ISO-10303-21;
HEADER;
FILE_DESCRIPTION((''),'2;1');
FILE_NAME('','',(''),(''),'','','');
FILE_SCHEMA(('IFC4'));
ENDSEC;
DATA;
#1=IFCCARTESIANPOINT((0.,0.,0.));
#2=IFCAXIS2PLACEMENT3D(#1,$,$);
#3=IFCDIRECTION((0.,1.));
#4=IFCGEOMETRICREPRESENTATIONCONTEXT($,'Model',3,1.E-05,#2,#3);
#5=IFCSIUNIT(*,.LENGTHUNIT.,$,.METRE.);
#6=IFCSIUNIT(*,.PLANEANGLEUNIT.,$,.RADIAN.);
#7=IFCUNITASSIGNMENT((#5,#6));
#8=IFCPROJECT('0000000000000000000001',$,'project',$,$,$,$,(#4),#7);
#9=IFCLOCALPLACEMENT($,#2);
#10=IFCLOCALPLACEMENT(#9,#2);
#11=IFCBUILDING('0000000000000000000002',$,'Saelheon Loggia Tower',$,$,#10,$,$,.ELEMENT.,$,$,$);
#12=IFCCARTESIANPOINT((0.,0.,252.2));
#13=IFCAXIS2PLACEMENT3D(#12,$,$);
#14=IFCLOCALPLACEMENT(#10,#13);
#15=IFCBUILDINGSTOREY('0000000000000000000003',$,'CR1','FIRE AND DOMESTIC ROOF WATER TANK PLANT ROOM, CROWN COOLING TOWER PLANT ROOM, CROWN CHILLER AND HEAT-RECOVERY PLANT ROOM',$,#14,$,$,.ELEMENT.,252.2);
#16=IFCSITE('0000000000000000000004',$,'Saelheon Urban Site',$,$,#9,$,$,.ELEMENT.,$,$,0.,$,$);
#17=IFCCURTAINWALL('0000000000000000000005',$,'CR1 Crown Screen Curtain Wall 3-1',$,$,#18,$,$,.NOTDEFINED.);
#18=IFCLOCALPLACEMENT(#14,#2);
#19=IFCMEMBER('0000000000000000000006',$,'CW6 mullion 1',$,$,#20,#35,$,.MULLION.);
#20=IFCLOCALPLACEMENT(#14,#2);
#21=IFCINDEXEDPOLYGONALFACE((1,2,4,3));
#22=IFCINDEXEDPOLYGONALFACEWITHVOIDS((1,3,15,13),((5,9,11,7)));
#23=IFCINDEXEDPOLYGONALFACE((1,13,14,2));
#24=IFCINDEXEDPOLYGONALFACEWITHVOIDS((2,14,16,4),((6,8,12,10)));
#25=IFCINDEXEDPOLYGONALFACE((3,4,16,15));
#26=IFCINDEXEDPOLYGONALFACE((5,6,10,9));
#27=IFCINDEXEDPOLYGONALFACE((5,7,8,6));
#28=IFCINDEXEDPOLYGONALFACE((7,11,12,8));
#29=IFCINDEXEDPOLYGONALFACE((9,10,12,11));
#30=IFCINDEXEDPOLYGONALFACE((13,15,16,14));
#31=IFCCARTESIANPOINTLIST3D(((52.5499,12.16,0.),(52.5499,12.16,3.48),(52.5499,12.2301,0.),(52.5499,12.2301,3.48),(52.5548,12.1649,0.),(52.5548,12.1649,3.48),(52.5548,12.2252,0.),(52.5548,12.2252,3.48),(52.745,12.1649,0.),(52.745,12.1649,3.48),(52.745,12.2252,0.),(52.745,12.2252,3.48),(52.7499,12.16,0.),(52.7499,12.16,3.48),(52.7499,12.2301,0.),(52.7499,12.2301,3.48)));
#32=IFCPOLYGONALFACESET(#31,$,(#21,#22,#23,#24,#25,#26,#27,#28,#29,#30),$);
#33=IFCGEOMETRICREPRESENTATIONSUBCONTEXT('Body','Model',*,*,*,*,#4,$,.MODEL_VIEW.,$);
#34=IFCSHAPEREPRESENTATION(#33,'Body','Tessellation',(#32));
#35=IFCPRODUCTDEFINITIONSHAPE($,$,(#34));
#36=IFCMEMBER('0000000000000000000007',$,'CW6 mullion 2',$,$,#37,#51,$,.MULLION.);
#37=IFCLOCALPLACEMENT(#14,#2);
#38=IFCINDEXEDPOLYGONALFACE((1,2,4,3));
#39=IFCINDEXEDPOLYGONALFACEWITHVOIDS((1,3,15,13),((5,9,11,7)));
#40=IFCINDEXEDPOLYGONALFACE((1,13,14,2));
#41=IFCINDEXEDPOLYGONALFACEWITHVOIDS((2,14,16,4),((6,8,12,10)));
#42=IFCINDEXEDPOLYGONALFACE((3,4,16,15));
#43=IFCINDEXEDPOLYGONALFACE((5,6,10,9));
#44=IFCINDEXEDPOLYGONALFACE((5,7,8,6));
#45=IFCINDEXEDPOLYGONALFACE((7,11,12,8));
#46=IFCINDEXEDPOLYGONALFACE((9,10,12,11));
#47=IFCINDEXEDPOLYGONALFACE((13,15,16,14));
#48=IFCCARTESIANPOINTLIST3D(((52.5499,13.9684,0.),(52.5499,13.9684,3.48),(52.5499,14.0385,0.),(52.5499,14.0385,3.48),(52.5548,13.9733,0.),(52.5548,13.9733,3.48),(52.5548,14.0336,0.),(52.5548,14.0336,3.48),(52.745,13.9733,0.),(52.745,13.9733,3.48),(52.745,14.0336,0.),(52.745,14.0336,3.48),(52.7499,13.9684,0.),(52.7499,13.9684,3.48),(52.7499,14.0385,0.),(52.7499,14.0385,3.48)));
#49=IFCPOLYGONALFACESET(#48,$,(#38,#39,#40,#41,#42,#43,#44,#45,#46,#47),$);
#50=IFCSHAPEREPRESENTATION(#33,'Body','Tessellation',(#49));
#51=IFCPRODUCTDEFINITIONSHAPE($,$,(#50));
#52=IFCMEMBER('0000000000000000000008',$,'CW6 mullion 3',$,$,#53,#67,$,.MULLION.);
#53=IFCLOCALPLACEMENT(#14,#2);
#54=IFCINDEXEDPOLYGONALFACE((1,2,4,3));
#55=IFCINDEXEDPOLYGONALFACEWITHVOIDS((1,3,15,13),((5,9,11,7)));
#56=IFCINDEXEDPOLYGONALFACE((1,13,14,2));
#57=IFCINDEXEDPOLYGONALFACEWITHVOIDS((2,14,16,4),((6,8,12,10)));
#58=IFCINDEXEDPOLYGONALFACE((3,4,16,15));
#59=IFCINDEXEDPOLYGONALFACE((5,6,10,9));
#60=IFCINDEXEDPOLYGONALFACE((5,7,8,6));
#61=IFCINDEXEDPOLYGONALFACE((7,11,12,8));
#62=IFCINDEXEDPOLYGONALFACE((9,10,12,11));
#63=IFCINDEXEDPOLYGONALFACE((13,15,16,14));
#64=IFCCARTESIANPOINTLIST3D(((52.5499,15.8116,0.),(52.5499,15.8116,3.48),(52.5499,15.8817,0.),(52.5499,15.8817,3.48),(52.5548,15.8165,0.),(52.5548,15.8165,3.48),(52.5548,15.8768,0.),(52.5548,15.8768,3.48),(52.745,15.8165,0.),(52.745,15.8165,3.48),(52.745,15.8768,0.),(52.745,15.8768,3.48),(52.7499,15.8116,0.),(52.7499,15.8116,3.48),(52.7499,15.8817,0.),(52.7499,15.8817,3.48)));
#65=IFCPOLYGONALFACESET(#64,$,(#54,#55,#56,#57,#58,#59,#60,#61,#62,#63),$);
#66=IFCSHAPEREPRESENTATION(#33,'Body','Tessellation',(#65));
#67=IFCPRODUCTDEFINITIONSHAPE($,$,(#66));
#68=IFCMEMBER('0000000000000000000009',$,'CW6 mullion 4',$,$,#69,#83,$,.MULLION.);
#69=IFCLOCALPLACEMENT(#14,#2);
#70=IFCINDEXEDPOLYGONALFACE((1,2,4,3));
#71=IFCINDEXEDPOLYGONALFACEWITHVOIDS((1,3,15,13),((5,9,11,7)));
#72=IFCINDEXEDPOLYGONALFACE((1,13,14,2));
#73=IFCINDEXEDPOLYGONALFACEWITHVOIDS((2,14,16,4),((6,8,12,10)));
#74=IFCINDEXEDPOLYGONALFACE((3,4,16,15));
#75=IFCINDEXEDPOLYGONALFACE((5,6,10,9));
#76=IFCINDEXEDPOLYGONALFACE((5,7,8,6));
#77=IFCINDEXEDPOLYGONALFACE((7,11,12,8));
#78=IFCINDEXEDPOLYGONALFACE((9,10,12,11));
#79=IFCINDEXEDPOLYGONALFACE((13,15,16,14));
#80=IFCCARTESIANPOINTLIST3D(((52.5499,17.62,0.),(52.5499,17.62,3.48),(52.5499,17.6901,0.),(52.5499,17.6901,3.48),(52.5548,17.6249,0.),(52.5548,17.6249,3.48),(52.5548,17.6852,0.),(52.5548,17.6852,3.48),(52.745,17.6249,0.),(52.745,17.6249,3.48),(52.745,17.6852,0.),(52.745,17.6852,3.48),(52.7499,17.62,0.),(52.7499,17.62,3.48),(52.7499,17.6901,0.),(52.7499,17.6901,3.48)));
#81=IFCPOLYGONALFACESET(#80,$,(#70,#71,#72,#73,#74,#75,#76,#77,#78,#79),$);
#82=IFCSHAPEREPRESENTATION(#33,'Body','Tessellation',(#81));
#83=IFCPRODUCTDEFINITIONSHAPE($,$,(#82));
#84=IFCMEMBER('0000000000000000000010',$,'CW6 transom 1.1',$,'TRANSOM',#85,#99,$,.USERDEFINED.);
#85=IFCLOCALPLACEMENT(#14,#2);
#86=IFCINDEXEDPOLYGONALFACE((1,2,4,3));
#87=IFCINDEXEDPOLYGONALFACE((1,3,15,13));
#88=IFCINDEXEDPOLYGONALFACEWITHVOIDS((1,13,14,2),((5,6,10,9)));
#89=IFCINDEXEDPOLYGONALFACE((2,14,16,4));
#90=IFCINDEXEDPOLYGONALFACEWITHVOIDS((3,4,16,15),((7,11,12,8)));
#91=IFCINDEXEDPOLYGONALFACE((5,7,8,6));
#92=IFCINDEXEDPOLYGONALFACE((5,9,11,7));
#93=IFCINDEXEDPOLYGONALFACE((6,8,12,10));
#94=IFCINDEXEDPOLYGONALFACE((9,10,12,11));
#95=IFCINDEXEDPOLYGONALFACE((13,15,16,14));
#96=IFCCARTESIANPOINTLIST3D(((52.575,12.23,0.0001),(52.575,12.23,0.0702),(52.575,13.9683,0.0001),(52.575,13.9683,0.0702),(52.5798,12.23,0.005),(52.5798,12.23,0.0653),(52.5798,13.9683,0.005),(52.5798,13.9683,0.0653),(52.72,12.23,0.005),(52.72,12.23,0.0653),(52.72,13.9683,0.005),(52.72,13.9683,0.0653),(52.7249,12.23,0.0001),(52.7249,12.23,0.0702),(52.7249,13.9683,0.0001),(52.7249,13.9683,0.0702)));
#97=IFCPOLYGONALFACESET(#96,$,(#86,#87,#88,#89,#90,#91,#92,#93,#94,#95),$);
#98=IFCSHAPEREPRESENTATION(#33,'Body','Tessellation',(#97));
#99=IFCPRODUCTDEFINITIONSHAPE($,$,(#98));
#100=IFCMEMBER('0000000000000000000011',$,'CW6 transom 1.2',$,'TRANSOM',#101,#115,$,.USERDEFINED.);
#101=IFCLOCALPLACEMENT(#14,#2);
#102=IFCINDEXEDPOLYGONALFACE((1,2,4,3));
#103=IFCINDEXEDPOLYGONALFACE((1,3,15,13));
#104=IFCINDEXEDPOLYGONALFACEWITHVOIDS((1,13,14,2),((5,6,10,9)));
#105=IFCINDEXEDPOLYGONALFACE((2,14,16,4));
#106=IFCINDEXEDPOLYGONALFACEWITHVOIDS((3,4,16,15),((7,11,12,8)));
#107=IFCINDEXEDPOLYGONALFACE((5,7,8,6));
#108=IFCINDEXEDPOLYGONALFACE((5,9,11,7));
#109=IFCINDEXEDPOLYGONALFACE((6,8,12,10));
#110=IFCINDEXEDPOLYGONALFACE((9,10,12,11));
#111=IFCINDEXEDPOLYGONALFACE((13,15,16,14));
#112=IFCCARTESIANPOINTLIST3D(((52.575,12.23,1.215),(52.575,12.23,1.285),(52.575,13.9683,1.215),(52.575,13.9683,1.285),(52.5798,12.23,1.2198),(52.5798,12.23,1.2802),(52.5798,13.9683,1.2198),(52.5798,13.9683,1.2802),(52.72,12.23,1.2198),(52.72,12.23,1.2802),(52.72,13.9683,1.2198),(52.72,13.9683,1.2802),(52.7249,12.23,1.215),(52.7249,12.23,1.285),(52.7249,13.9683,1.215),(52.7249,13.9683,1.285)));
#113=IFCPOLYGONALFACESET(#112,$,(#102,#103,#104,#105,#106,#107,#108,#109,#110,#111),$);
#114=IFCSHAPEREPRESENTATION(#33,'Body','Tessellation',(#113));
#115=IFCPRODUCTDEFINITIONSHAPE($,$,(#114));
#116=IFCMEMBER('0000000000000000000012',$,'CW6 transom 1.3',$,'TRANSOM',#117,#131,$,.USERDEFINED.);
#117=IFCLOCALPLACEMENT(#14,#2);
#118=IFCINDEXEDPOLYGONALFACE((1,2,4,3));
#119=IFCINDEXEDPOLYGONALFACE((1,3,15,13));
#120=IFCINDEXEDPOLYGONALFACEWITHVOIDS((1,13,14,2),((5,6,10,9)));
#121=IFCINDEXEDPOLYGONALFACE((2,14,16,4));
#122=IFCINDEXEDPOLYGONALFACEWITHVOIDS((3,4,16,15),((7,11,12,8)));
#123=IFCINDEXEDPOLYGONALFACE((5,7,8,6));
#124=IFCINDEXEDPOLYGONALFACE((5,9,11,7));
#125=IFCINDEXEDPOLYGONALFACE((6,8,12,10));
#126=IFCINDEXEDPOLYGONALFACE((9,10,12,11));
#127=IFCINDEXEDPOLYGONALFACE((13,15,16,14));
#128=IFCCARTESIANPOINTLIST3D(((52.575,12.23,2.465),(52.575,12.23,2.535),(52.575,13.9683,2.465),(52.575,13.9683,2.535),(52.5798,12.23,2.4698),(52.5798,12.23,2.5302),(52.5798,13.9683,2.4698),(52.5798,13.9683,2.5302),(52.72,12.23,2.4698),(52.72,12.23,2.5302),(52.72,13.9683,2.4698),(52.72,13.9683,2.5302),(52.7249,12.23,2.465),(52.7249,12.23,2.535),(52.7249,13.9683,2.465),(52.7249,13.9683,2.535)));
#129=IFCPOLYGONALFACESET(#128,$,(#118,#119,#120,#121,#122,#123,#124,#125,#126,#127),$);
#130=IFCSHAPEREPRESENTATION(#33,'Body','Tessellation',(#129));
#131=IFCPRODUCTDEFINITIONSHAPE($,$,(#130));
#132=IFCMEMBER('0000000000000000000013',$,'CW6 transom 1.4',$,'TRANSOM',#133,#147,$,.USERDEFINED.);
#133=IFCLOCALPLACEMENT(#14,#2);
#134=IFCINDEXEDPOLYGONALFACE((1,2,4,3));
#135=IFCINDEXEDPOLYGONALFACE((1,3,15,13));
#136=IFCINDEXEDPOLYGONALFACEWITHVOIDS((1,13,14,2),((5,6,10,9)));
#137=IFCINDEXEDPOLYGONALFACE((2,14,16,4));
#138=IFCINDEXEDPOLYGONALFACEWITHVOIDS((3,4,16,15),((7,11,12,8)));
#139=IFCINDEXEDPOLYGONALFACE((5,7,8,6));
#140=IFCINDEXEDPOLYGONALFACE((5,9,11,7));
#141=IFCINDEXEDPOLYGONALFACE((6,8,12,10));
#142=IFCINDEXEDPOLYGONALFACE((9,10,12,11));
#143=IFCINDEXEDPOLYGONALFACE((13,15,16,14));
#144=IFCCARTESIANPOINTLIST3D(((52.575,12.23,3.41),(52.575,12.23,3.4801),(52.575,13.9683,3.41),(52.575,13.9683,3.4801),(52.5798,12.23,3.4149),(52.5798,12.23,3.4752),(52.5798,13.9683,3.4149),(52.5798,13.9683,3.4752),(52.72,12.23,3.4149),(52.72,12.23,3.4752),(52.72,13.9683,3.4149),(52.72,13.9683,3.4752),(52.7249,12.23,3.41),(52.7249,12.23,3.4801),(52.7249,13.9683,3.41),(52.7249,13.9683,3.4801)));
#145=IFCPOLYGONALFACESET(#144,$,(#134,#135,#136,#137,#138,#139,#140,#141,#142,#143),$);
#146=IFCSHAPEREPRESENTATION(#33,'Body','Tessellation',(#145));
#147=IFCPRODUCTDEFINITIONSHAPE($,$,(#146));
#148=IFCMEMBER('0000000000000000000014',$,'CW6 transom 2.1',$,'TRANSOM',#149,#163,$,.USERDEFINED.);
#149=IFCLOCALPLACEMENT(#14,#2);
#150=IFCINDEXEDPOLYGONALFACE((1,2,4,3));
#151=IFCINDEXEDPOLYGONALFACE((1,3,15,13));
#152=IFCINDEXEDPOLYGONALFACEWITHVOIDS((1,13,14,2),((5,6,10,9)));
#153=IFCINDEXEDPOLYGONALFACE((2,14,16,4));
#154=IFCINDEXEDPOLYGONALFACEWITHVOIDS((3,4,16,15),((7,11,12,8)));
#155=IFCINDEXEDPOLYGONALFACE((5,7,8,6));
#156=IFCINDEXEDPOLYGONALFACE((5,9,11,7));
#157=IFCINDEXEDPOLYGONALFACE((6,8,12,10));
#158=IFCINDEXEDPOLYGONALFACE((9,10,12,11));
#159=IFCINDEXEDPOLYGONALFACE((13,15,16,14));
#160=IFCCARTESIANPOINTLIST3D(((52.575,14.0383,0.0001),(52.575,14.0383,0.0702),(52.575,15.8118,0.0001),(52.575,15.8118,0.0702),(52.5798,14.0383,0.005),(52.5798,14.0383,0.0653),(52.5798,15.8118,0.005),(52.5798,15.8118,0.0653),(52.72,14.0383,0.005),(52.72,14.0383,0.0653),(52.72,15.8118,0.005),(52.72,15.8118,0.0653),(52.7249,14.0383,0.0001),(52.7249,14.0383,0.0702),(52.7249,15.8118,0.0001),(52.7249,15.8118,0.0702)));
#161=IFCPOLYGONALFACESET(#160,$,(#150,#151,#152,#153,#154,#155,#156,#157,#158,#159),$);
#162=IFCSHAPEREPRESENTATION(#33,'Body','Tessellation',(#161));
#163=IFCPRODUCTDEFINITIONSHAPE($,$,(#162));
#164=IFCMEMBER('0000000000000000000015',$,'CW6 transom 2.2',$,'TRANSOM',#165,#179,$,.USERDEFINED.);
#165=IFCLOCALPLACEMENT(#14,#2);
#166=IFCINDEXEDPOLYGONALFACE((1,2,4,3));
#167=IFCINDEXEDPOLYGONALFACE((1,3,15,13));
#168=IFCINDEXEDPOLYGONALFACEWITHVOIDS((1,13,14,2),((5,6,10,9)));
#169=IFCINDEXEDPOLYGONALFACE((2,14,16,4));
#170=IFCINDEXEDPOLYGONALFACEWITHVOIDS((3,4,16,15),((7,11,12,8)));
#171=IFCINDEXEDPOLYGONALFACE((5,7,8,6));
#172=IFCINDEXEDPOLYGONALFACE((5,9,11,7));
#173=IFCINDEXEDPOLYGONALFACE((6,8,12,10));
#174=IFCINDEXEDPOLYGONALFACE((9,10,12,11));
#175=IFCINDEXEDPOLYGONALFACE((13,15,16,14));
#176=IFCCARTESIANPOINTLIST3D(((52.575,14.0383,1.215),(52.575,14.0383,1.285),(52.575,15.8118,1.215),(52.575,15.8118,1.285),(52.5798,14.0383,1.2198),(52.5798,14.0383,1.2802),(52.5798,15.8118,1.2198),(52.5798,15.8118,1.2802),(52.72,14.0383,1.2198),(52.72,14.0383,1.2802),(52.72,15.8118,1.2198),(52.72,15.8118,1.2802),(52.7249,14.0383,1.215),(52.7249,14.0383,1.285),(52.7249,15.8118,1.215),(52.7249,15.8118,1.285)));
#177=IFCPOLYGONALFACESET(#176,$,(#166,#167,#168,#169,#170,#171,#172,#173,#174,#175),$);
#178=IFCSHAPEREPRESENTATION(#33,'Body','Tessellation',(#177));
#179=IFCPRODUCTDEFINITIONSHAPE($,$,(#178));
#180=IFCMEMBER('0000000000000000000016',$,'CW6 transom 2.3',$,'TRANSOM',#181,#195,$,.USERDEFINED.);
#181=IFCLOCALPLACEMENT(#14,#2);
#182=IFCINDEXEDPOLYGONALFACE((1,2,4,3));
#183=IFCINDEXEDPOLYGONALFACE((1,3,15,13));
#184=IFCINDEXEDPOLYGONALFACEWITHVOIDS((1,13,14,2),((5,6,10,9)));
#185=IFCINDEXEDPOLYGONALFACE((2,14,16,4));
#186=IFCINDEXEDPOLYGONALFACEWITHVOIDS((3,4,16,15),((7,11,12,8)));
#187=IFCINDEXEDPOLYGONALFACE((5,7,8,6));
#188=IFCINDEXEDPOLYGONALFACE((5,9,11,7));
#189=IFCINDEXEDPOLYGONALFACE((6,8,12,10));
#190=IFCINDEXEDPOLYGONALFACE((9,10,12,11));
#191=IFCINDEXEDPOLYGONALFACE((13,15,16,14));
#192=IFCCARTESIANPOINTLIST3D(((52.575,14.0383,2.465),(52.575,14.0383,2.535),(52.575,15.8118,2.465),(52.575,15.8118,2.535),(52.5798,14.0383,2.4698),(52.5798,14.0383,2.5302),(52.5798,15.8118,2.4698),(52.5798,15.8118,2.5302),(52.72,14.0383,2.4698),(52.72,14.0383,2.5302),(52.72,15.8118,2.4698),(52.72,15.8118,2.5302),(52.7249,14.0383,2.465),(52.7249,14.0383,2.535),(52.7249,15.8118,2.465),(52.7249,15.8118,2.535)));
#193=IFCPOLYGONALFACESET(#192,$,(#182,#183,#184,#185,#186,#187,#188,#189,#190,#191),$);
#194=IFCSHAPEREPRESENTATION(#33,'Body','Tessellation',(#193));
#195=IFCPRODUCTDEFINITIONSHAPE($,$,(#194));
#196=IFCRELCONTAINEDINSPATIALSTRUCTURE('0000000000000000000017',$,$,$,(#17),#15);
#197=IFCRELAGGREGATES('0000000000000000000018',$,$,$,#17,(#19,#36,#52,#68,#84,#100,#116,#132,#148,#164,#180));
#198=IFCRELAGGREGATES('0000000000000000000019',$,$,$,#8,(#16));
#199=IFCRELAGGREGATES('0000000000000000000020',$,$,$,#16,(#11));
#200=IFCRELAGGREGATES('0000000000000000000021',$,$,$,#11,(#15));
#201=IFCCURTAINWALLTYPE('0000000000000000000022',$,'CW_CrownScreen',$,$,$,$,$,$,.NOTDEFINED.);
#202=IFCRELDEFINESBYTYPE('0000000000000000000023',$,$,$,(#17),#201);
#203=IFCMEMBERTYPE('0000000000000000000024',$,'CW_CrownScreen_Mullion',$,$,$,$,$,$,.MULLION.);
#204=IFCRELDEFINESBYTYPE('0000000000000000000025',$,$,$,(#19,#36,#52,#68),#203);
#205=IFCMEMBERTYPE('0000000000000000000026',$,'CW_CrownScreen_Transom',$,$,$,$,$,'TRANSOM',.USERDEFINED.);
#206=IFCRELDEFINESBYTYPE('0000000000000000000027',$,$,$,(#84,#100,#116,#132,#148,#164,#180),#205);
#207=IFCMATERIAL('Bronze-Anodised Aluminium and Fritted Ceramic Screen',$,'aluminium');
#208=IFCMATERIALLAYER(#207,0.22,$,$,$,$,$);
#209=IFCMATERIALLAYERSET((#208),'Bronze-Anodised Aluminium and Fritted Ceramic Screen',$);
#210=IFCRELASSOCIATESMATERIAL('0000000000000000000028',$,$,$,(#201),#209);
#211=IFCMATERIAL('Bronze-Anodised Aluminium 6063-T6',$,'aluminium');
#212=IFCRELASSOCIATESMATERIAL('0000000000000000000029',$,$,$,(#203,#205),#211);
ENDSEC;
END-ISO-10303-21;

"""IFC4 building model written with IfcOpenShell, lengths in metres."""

from ifc_helpers import new_model, si_unit, direction, frame, origin, origin_2d, place, context, subcontext, project, spatial, hollow_rectangle, extrude, source, transform, mapped, material, layer, layer_set, material_profile, profile_set, type_object, element, aggregate, save


model = new_model("IFC4")

# Units and contexts
model_context = context("Model", 3, precision=1e-05, world=origin(), true_north=direction((0.0, 1.0)))
body_context = subcontext(model_context, "Body", "Model", "MODEL_VIEW")
ifc_project = project(units=[si_unit("LENGTHUNIT", "METRE"), si_unit("PLANEANGLEUNIT", "RADIAN")], contexts=[model_context])

# Site, building, storey
site_placement = place(None, origin())
site = spatial("IfcSite", under=ifc_project, at=site_placement, Name="Saelheon Urban Site", CompositionType="ELEMENT", RefElevation=0.0)
building_placement = place(site_placement, origin())
building = spatial("IfcBuilding", under=site, at=building_placement, Name="Saelheon Loggia Tower", CompositionType="ELEMENT")
storey_placement = place(building_placement, frame((0.0, 0.0, 252.2)))
storey = spatial("IfcBuildingStorey", under=building, at=storey_placement, Name="CR1", Description="FIRE AND DOMESTIC ROOF WATER TANK PLANT ROOM, CROWN COOLING TOWER PLANT ROOM, CROWN CHILLER AND HEAT-RECOVERY PLANT ROOM", CompositionType="ELEMENT", Elevation=252.2)

# Curtain wall, members
ifc_material_1 = material(Name="Bronze-Anodised Aluminium and Fritted Ceramic Screen", Category="aluminium")
ifc_layer_1 = layer(ifc_material_1, 0.22)
ifc_layer_set_1 = layer_set([ifc_layer_1], Name="Bronze-Anodised Aluminium and Fritted Ceramic Screen")
curtain_wall_type = type_object("IfcCurtainWallType", Name="CW_CrownScreen", PredefinedType="NOTDEFINED", material=ifc_layer_set_1)
curtain_wall_placement = place(storey_placement, origin())
curtain_wall = element("IfcCurtainWall", 1, at=curtain_wall_placement, inside=storey, type_object=curtain_wall_type, Name="CR1 Crown Screen Curtain Wall 3-1", PredefinedType="NOTDEFINED")
ifc_material_2 = material(Name="Bronze-Anodised Aluminium 6063-T6", Category="aluminium")
ifc_material_profile_1 = material_profile(ifc_material_2, hollow_rectangle(XDim=0.0701, YDim=0.2, WallThickness=0.0049, at=origin_2d()), Name="RHS-200x70x5")
ifc_profile_set_1 = profile_set([ifc_material_profile_1], Name="Bronze-Anodised Aluminium 6063-T6")
member_type_1 = type_object("IfcMemberType", Name="CW_CrownScreen_Mullion", PredefinedType="MULLION", material=ifc_profile_set_1)
shared_shape_1 = source(origin(), body_context, "Body", "SweptSolid", [
    extrude(hollow_rectangle(XDim=0.0701, YDim=0.2, WallThickness=0.0049, at=origin_2d()), origin(), (0.0, 0.0, 1.0), 3.48),
])
member_1_placement = place(storey_placement, frame((52.6499, 12.1951, 0.0), z_axis=(0.0, 0.0, 1.0), x_axis=(0.0, 1.0, 0.0)))
member_1 = element("IfcMember", 2, at=member_1_placement, type_object=member_type_1, Name="CW6 mullion 1", PredefinedType="MULLION", context=body_context, shape_type="MappedRepresentation", body=[
    mapped(shared_shape_1, transform((0.0, 0.0, 0.0), scale=1.0)),
])
member_2_placement = place(storey_placement, frame((52.6499, 14.0034, 0.0), z_axis=(0.0, 0.0, 1.0), x_axis=(0.0, 1.0, 0.0)))
member_2 = element("IfcMember", 3, at=member_2_placement, type_object=member_type_1, Name="CW6 mullion 2", PredefinedType="MULLION", context=body_context, shape_type="MappedRepresentation", body=[
    mapped(shared_shape_1, transform((0.0, 0.0, 0.0), scale=1.0)),
])
member_3_placement = place(storey_placement, frame((52.6499, 15.8467, 0.0), z_axis=(0.0, 0.0, 1.0), x_axis=(0.0, 1.0, 0.0)))
member_3 = element("IfcMember", 4, at=member_3_placement, type_object=member_type_1, Name="CW6 mullion 3", PredefinedType="MULLION", context=body_context, shape_type="MappedRepresentation", body=[
    mapped(shared_shape_1, transform((0.0, 0.0, 0.0), scale=1.0)),
])
member_4_placement = place(storey_placement, frame((52.6499, 17.655, 0.0), z_axis=(0.0, 0.0, 1.0), x_axis=(0.0, 1.0, 0.0)))
member_4 = element("IfcMember", 5, at=member_4_placement, type_object=member_type_1, Name="CW6 mullion 4", PredefinedType="MULLION", context=body_context, shape_type="MappedRepresentation", body=[
    mapped(shared_shape_1, transform((0.0, 0.0, 0.0), scale=1.0)),
])
ifc_material_profile_2 = material_profile(ifc_material_2, hollow_rectangle(XDim=0.0701, YDim=0.1499, WallThickness=0.0049, at=origin_2d()), Name="RHS-150x70x5")
ifc_profile_set_2 = profile_set([ifc_material_profile_2], Name="Bronze-Anodised Aluminium 6063-T6")
member_type_2 = type_object("IfcMemberType", Name="CW_CrownScreen_Transom", ElementType="TRANSOM", PredefinedType="USERDEFINED", material=ifc_profile_set_2)
shared_shape_2 = source(origin(), body_context, "Body", "SweptSolid", [
    extrude(hollow_rectangle(XDim=0.0701, YDim=0.1499, WallThickness=0.0049, at=origin_2d()), origin(), (0.0, 0.0, 1.0), 1.7383),
])
member_5_placement = place(storey_placement, frame((52.6499, 12.23, 0.0352), z_axis=(0.0, 1.0, 0.0), x_axis=(0.0, 0.0, 1.0)))
member_5 = element("IfcMember", 6, at=member_5_placement, type_object=member_type_2, Name="CW6 transom 1.1", ObjectType="TRANSOM", PredefinedType="USERDEFINED", context=body_context, shape_type="MappedRepresentation", body=[
    mapped(shared_shape_2, transform((0.0, 0.0, 0.0), scale=1.0)),
])
member_6_placement = place(storey_placement, frame((52.6499, 12.23, 1.25), z_axis=(0.0, 1.0, 0.0), x_axis=(0.0, 0.0, 1.0)))
member_6 = element("IfcMember", 7, at=member_6_placement, type_object=member_type_2, Name="CW6 transom 1.2", ObjectType="TRANSOM", PredefinedType="USERDEFINED", context=body_context, shape_type="MappedRepresentation", body=[
    mapped(shared_shape_2, transform((0.0, 0.0, 0.0), scale=1.0)),
])
member_7_placement = place(storey_placement, frame((52.6499, 12.23, 2.5), z_axis=(0.0, 1.0, 0.0), x_axis=(0.0, 0.0, 1.0)))
member_7 = element("IfcMember", 8, at=member_7_placement, type_object=member_type_2, Name="CW6 transom 1.3", ObjectType="TRANSOM", PredefinedType="USERDEFINED", context=body_context, shape_type="MappedRepresentation", body=[
    mapped(shared_shape_2, transform((0.0, 0.0, 0.0), scale=1.0)),
])
member_8_placement = place(storey_placement, frame((52.6499, 12.23, 3.4451), z_axis=(0.0, 1.0, 0.0), x_axis=(0.0, 0.0, 1.0)))
member_8 = element("IfcMember", 9, at=member_8_placement, type_object=member_type_2, Name="CW6 transom 1.4", ObjectType="TRANSOM", PredefinedType="USERDEFINED", context=body_context, shape_type="MappedRepresentation", body=[
    mapped(shared_shape_2, transform((0.0, 0.0, 0.0), scale=1.0)),
])
shared_shape_3 = source(origin(), body_context, "Body", "SweptSolid", [
    extrude(hollow_rectangle(XDim=0.0701, YDim=0.1499, WallThickness=0.0049, at=origin_2d()), origin(), (0.0, 0.0, 1.0), 1.7734),
])
member_9_placement = place(storey_placement, frame((52.6499, 14.0383, 0.0352), z_axis=(0.0, 1.0, 0.0), x_axis=(0.0, 0.0, 1.0)))
member_9 = element("IfcMember", 10, at=member_9_placement, type_object=member_type_2, Name="CW6 transom 2.1", ObjectType="TRANSOM", PredefinedType="USERDEFINED", context=body_context, shape_type="MappedRepresentation", body=[
    mapped(shared_shape_3, transform((0.0, 0.0, 0.0), scale=1.0)),
])
member_10_placement = place(storey_placement, frame((52.6499, 14.0383, 1.25), z_axis=(0.0, 1.0, 0.0), x_axis=(0.0, 0.0, 1.0)))
member_10 = element("IfcMember", 11, at=member_10_placement, type_object=member_type_2, Name="CW6 transom 2.2", ObjectType="TRANSOM", PredefinedType="USERDEFINED", context=body_context, shape_type="MappedRepresentation", body=[
    mapped(shared_shape_3, transform((0.0, 0.0, 0.0), scale=1.0)),
])
member_11_placement = place(storey_placement, frame((52.6499, 14.0383, 2.5), z_axis=(0.0, 1.0, 0.0), x_axis=(0.0, 0.0, 1.0)))
member_11 = element("IfcMember", 12, at=member_11_placement, type_object=member_type_2, Name="CW6 transom 2.3", ObjectType="TRANSOM", PredefinedType="USERDEFINED", context=body_context, shape_type="MappedRepresentation", body=[
    mapped(shared_shape_3, transform((0.0, 0.0, 0.0), scale=1.0)),
])
aggregate(curtain_wall, [member_1, member_2, member_3, member_4, member_5, member_6, member_7, member_8, member_9, member_10, member_11])

save(model, "model.ifc")
